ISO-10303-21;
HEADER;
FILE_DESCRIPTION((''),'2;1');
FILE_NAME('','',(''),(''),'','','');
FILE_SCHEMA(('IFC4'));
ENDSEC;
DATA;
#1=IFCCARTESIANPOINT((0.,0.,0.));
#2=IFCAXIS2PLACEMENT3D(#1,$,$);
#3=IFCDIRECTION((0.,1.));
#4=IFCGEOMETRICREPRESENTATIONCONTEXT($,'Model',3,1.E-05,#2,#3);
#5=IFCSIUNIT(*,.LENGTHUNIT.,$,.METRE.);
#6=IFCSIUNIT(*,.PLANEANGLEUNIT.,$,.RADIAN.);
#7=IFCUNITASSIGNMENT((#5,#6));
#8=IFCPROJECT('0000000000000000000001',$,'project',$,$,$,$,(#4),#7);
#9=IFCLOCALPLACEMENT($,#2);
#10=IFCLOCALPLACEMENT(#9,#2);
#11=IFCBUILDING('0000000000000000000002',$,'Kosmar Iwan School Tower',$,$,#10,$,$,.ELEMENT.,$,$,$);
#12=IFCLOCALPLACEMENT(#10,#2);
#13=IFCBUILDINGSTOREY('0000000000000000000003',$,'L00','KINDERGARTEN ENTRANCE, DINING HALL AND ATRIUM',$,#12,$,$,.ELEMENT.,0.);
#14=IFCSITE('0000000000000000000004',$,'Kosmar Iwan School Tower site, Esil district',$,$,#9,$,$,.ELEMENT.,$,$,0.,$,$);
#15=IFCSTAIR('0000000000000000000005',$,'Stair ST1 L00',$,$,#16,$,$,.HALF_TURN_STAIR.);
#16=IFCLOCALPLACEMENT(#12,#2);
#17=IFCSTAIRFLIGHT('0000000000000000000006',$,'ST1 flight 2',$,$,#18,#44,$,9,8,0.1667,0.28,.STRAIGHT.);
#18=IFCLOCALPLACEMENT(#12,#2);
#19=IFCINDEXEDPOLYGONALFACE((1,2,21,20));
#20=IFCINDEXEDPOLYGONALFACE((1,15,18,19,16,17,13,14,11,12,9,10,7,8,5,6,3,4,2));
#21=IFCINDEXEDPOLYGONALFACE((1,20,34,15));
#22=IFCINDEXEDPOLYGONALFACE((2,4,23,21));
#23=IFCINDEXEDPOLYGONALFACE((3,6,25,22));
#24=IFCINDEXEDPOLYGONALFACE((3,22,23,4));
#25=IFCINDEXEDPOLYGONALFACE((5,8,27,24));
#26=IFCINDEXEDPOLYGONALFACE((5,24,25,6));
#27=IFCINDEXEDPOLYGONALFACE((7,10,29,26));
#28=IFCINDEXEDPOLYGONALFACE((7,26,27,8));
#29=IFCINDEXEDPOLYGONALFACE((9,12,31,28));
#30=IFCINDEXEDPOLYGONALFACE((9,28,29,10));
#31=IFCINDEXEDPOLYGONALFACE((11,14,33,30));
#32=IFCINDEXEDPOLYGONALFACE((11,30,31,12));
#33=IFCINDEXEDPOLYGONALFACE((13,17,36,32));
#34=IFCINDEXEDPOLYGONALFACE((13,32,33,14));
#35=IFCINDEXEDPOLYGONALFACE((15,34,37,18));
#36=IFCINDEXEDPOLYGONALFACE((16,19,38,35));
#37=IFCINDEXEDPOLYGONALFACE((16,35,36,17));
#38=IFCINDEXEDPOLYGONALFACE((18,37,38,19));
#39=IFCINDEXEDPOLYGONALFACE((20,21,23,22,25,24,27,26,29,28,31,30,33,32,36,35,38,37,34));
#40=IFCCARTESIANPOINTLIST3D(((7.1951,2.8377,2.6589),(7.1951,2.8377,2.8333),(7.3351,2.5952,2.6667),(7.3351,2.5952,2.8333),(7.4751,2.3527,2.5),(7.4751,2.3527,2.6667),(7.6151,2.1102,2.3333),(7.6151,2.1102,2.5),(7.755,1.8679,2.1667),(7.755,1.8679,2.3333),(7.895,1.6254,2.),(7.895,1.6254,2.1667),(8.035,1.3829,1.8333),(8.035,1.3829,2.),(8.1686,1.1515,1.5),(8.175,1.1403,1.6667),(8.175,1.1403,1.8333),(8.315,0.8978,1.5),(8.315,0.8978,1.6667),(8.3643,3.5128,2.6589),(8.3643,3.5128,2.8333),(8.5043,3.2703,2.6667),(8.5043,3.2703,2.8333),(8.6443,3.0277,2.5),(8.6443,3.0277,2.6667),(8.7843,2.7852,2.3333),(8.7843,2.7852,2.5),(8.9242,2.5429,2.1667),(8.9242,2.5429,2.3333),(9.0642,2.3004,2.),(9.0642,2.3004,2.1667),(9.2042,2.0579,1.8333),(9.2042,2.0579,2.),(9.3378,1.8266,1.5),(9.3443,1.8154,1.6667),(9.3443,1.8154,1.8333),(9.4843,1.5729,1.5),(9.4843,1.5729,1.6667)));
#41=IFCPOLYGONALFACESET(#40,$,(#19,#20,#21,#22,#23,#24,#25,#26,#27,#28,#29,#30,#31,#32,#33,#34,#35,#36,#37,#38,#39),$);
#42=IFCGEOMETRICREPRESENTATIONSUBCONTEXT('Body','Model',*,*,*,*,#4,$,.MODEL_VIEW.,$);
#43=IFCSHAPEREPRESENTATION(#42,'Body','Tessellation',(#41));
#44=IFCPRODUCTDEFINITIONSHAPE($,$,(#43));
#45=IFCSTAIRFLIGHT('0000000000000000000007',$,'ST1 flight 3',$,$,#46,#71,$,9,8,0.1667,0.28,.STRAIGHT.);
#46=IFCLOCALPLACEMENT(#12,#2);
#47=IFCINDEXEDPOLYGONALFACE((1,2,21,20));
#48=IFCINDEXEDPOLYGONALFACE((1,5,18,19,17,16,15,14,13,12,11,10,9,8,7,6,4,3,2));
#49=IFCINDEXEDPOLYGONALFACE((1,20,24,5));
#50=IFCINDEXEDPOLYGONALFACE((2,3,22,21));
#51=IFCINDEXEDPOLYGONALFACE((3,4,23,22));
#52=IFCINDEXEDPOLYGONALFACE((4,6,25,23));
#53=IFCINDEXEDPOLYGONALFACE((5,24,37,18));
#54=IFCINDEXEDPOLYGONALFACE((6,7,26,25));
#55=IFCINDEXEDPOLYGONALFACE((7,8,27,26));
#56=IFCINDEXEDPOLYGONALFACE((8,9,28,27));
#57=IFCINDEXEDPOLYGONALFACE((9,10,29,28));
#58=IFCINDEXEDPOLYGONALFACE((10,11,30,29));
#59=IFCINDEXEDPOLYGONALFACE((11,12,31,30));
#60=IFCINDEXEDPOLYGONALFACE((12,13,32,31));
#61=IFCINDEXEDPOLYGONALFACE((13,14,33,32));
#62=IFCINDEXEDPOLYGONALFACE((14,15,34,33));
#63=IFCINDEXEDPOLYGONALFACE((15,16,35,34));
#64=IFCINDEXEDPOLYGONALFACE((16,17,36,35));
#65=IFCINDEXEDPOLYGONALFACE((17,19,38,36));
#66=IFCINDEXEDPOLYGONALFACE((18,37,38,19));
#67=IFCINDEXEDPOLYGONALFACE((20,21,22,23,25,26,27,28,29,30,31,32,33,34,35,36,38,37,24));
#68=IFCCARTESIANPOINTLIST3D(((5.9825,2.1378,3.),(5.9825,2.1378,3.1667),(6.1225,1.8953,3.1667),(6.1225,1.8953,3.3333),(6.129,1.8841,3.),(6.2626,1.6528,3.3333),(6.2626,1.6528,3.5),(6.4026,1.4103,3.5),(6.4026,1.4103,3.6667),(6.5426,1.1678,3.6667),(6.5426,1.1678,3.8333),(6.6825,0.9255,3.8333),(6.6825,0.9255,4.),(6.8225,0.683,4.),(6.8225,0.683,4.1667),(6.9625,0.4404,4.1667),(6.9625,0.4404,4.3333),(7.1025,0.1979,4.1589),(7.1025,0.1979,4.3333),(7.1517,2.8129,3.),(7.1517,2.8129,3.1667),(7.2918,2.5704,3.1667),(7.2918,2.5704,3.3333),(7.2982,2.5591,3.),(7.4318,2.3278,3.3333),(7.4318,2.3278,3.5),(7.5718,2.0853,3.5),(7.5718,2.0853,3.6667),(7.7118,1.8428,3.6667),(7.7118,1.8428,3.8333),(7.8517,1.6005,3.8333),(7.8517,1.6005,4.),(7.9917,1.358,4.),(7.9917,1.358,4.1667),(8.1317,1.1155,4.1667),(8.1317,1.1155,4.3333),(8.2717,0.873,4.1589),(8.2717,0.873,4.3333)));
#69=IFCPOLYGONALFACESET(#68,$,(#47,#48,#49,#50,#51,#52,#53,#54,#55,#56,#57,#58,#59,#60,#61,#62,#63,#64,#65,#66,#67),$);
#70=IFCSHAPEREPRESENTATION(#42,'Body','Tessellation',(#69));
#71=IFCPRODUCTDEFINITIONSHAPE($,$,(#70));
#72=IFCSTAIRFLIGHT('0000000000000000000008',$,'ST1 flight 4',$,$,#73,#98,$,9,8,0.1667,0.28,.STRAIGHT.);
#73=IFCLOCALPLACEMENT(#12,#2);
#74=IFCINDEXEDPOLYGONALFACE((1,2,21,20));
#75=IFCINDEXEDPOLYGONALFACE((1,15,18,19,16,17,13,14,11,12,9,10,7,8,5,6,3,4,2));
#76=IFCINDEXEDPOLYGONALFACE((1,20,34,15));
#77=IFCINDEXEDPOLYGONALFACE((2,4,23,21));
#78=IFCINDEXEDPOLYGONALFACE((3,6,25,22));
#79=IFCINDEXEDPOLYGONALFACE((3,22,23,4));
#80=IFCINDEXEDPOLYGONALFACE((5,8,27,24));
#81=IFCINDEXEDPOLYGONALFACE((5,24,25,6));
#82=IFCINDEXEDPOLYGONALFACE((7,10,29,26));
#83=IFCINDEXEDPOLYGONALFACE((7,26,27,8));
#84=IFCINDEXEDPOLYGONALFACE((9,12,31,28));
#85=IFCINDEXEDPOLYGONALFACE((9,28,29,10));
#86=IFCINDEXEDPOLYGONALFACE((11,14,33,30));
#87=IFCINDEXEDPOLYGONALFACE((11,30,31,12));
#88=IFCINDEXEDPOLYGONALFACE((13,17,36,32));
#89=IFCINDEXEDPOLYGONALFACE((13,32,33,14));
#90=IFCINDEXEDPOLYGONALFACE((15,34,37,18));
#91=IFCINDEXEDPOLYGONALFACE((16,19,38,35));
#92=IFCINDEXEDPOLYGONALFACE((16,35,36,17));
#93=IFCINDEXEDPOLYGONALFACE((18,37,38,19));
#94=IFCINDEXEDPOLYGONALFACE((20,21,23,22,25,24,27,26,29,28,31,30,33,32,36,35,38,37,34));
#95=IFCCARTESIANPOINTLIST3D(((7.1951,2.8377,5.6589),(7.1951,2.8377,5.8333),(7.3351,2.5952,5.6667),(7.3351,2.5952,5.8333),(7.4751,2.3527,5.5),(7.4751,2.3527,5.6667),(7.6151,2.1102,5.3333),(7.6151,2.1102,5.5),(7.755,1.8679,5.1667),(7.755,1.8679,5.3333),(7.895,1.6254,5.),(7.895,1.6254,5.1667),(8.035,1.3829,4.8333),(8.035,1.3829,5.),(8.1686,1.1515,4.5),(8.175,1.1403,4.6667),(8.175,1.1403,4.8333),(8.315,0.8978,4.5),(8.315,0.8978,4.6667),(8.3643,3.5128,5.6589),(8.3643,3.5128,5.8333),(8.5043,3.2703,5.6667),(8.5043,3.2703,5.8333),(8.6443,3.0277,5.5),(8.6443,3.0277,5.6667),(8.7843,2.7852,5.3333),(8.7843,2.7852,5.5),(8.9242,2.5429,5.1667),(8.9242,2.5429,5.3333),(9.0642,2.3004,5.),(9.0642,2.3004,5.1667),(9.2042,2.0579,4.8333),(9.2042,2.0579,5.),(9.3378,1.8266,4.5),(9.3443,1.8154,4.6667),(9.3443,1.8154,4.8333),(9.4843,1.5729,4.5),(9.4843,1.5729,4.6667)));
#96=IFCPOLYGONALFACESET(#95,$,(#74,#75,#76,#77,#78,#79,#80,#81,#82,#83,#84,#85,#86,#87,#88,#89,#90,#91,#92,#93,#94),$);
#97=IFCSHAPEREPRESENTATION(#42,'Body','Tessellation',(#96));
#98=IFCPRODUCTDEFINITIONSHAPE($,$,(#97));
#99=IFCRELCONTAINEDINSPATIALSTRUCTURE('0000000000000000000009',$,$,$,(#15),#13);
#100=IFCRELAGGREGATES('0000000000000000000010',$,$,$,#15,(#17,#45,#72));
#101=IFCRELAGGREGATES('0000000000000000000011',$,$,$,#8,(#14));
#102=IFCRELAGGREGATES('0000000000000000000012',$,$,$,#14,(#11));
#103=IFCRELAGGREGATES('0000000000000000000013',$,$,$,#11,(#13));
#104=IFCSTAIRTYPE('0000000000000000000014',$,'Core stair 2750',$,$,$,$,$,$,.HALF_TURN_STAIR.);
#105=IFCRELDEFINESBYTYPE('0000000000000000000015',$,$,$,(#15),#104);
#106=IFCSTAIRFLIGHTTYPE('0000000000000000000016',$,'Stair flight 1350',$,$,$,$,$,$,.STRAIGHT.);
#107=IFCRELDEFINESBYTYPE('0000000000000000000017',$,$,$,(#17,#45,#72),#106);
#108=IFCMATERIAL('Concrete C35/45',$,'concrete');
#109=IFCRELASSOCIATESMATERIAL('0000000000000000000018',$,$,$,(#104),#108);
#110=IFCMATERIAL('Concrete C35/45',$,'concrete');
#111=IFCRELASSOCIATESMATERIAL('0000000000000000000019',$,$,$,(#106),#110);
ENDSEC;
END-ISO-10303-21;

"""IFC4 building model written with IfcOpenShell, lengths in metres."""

from ifc_helpers import new_model, si_unit, direction, frame, origin, place, context, subcontext, project, spatial, polyline, outline, extrude, material, type_object, element, aggregate, save


model = new_model("IFC4")

# Units and contexts
model_context = context("Model", 3, precision=1e-05, world=origin(), true_north=direction((0.0, 1.0)))
body_context = subcontext(model_context, "Body", "Model", "MODEL_VIEW")
ifc_project = project(units=[si_unit("LENGTHUNIT", "METRE"), si_unit("PLANEANGLEUNIT", "RADIAN")], contexts=[model_context])

# Site, building, storey
site_placement = place(None, origin())
site = spatial("IfcSite", under=ifc_project, at=site_placement, Name="Kosmar Iwan School Tower site, Esil district", CompositionType="ELEMENT", RefElevation=0.0)
building_placement = place(site_placement, origin())
building = spatial("IfcBuilding", under=site, at=building_placement, Name="Kosmar Iwan School Tower", CompositionType="ELEMENT")
storey_placement = place(building_placement, origin())
storey = spatial("IfcBuildingStorey", under=building, at=storey_placement, Name="L00", Description="KINDERGARTEN ENTRANCE, DINING HALL AND ATRIUM", CompositionType="ELEMENT", Elevation=0.0)

# Stair, stair flights
ifc_material_1 = material(Name="Concrete C35/45", Category="concrete")
stair_type = type_object("IfcStairType", Name="Core stair 2750", PredefinedType="HALF_TURN_STAIR", material=ifc_material_1)
stair_placement = place(storey_placement, origin())
stair = element("IfcStair", 1, at=stair_placement, inside=storey, type_object=stair_type, Name="Stair ST1 L00", PredefinedType="HALF_TURN_STAIR")
ifc_material_2 = material(Name="Concrete C35/45", Category="concrete")
stair_flight_type = type_object("IfcStairFlightType", Name="Stair flight 1350", PredefinedType="STRAIGHT", material=ifc_material_2)
stair_flight_1_placement = place(storey_placement, frame((8.8997, 1.2354, 1.5), z_axis=(0.0, 0.0, 1.0), x_axis=(-0.5, 0.866025, 0.0)))
stair_flight_1 = element("IfcStairFlight", 2, at=stair_flight_1_placement, type_object=stair_flight_type, Name="ST1 flight 2", NumberOfRisers=9, NumberOfTreads=8, PredefinedType="STRAIGHT", RiserHeight=0.1667, TreadLength=0.28, context=body_context, shape_type="SweptSolid", body=[
    extrude(outline(polyline([(0.0, 0.0), (0.0, 0.1667), (0.28, 0.1667), (0.28, 0.3333), (0.5601, 0.3333), (0.5601, 0.5), (0.8401, 0.5), (0.8401, 0.6667), (1.1201, 0.6667), (1.1201, 0.8333), (1.3999, 0.8333), (1.3999, 1.0), (1.6799, 1.0), (1.6799, 1.1667), (1.96, 1.1667), (1.96, 1.3333), (2.24, 1.3333), (2.24, 1.5), (2.24, 1.1589), (0.293, 0.0), (0.0, 0.0)])), frame((0.0, 0.675, 0.0), z_axis=(0.0, -1.0, 0.0), x_axis=(1.0, 0.0, 0.0)), (0.0, 0.0, 1.0), 1.3501),
])
stair_flight_2_placement = place(storey_placement, frame((6.5671, 2.4753, 3.0), z_axis=(0.0, 0.0, 1.0), x_axis=(0.5, -0.866025, 0.0)))
stair_flight_2 = element("IfcStairFlight", 3, at=stair_flight_2_placement, type_object=stair_flight_type, Name="ST1 flight 3", NumberOfRisers=9, NumberOfTreads=8, PredefinedType="STRAIGHT", RiserHeight=0.1667, TreadLength=0.28, context=body_context, shape_type="SweptSolid", body=[
    extrude(outline(polyline([(0.0, 0.0), (0.0, 0.1667), (0.28, 0.1667), (0.28, 0.3333), (0.5601, 0.3333), (0.5601, 0.5), (0.8401, 0.5), (0.8401, 0.6667), (1.1201, 0.6667), (1.1201, 0.8333), (1.3999, 0.8333), (1.3999, 1.0), (1.6799, 1.0), (1.6799, 1.1667), (1.96, 1.1667), (1.96, 1.3333), (2.24, 1.3333), (2.24, 1.5), (2.24, 1.1589), (0.293, 0.0), (0.0, 0.0)])), frame((0.0, 0.675, 0.0), z_axis=(0.0, -1.0, 0.0), x_axis=(1.0, 0.0, 0.0)), (0.0, 0.0, 1.0), 1.3501),
])
stair_flight_3_placement = place(storey_placement, frame((8.8997, 1.2354, 4.5), z_axis=(0.0, 0.0, 1.0), x_axis=(-0.5, 0.866025, 0.0)))
stair_flight_3 = element("IfcStairFlight", 4, at=stair_flight_3_placement, type_object=stair_flight_type, Name="ST1 flight 4", NumberOfRisers=9, NumberOfTreads=8, PredefinedType="STRAIGHT", RiserHeight=0.1667, TreadLength=0.28, context=body_context, shape_type="SweptSolid", body=[
    extrude(outline(polyline([(0.0, 0.0), (0.0, 0.1667), (0.28, 0.1667), (0.28, 0.3333), (0.5601, 0.3333), (0.5601, 0.5), (0.8401, 0.5), (0.8401, 0.6667), (1.1201, 0.6667), (1.1201, 0.8333), (1.3999, 0.8333), (1.3999, 1.0), (1.6799, 1.0), (1.6799, 1.1667), (1.96, 1.1667), (1.96, 1.3333), (2.24, 1.3333), (2.24, 1.5), (2.24, 1.1589), (0.293, 0.0), (0.0, 0.0)])), frame((0.0, 0.675, 0.0), z_axis=(0.0, -1.0, 0.0), x_axis=(1.0, 0.0, 0.0)), (0.0, 0.0, 1.0), 1.3501),
])
aggregate(stair, [stair_flight_1, stair_flight_2, stair_flight_3])

save(model, "model.ifc")
